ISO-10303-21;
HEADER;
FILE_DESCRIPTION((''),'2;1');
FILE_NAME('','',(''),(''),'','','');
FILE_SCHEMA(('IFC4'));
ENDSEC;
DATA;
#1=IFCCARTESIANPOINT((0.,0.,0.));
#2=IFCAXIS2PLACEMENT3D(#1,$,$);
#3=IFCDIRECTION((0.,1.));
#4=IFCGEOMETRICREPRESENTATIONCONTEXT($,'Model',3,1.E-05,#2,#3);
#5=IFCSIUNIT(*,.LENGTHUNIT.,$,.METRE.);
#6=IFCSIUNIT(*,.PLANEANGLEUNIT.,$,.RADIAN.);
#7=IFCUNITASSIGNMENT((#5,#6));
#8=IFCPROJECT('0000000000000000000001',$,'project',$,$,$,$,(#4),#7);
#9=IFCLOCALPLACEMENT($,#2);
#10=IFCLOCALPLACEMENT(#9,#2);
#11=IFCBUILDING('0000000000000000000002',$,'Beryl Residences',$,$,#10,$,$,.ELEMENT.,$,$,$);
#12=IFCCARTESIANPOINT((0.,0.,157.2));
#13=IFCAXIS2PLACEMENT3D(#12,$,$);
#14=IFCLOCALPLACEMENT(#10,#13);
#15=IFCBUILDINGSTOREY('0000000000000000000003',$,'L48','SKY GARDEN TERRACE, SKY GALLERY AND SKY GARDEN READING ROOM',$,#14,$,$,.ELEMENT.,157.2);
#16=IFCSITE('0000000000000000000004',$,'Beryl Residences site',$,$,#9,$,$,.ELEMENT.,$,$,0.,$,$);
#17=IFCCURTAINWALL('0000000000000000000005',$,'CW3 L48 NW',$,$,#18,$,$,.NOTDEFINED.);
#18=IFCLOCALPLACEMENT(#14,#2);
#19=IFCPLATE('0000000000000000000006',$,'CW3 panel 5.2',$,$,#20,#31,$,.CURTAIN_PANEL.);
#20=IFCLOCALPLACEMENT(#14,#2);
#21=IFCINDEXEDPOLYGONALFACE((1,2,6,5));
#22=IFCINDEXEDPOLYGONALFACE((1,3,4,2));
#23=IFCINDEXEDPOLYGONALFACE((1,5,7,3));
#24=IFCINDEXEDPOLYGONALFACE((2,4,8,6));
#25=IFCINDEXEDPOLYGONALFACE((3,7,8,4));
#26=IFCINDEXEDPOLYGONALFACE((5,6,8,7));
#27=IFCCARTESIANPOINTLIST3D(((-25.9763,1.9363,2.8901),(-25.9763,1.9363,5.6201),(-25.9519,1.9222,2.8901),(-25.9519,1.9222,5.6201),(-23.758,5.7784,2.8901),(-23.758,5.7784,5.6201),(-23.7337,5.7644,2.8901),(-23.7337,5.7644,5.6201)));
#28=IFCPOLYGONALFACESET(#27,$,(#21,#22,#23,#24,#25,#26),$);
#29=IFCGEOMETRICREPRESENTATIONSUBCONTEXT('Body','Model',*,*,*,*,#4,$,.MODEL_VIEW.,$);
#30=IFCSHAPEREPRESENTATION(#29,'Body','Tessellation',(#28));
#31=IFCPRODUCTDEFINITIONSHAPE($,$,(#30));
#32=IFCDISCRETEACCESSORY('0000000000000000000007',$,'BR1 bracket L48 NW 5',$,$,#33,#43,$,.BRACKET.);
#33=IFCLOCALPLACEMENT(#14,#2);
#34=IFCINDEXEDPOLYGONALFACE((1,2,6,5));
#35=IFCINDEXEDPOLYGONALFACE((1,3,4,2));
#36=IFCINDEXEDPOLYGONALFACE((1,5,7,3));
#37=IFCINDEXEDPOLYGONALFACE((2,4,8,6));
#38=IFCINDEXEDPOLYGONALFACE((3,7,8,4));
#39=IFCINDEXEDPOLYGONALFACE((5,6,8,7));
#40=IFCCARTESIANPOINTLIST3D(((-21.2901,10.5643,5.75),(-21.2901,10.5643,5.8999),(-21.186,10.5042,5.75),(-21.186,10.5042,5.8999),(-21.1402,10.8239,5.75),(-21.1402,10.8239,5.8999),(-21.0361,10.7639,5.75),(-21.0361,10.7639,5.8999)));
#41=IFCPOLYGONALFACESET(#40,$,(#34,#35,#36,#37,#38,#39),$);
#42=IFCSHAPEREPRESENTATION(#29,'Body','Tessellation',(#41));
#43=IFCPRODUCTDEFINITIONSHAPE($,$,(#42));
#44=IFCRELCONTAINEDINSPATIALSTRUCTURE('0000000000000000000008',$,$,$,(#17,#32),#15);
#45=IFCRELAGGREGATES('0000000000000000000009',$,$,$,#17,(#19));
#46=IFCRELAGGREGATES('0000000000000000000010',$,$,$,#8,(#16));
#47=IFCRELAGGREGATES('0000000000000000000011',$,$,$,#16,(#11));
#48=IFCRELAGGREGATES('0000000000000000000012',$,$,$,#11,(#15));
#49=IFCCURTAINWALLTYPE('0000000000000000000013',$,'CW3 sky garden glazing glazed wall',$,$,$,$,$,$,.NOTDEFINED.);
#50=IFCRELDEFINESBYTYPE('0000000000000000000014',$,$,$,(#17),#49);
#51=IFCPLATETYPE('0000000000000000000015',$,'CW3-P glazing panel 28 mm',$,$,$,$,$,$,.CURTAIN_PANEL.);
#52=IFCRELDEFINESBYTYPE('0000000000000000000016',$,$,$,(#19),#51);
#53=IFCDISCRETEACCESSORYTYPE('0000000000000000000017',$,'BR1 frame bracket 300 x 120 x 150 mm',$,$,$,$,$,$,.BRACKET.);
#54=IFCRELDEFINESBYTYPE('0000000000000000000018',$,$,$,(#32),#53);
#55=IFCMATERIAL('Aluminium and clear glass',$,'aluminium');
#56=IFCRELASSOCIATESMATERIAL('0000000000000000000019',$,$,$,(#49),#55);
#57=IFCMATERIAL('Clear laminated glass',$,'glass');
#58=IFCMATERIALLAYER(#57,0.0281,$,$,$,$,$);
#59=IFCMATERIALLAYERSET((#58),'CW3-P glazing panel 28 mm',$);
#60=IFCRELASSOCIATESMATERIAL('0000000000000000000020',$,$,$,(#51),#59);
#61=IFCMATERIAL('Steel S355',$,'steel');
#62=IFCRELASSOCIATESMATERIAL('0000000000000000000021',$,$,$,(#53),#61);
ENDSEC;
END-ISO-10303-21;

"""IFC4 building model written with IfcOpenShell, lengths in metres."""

from ifc_helpers import new_model, si_unit, direction, frame, origin, origin_2d, place, context, subcontext, project, spatial, polyline, rectangle, outline, extrude, source, transform, mapped, material, layer, layer_set, type_object, type_shapes, element, aggregate, save


model = new_model("IFC4")

# Units and contexts
model_context = context("Model", 3, precision=1e-05, world=origin(), true_north=direction((0.0, 1.0)))
body_context = subcontext(model_context, "Body", "Model", "MODEL_VIEW")
ifc_project = project(units=[si_unit("LENGTHUNIT", "METRE"), si_unit("PLANEANGLEUNIT", "RADIAN")], contexts=[model_context])

# Site, building, storey
site_placement = place(None, origin())
site = spatial("IfcSite", under=ifc_project, at=site_placement, Name="Beryl Residences site", CompositionType="ELEMENT", RefElevation=0.0)
building_placement = place(site_placement, origin())
building = spatial("IfcBuilding", under=site, at=building_placement, Name="Beryl Residences", CompositionType="ELEMENT")
storey_placement = place(building_placement, frame((0.0, 0.0, 157.2)))
storey = spatial("IfcBuildingStorey", under=building, at=storey_placement, Name="L48", Description="SKY GARDEN TERRACE, SKY GALLERY AND SKY GARDEN READING ROOM", CompositionType="ELEMENT", Elevation=157.2)

# Curtain wall, plate
ifc_material_1 = material(Name="Aluminium and clear glass", Category="aluminium")
curtain_wall_type = type_object("IfcCurtainWallType", Name="CW3 sky garden glazing glazed wall", PredefinedType="NOTDEFINED", material=ifc_material_1)
curtain_wall_placement = place(storey_placement, origin())
curtain_wall = element("IfcCurtainWall", 1, at=curtain_wall_placement, inside=storey, type_object=curtain_wall_type, Name="CW3 L48 NW", PredefinedType="NOTDEFINED")
ifc_material_2 = material(Name="Clear laminated glass", Category="glass")
ifc_layer = layer(ifc_material_2, 0.0281)
ifc_layer_set = layer_set([ifc_layer], Name="CW3-P glazing panel 28 mm")
plate_type = type_object("IfcPlateType", Name="CW3-P glazing panel 28 mm", PredefinedType="CURTAIN_PANEL", material=ifc_layer_set)
plate_1_placement = place(storey_placement, frame((-24.855, 3.8503, 2.8901), z_axis=(0.0, 0.0, 1.0), x_axis=(-0.499996, -0.866028, 0.0)))
plate_1 = element("IfcPlate", 2, at=plate_1_placement, type_object=plate_type, Name="CW3 panel 5.2", PredefinedType="CURTAIN_PANEL", context=body_context, shape_type="SweptSolid", body=[
    extrude(rectangle(XDim=4.4365, YDim=0.0281, at=origin_2d()), origin(), (0.0, 0.0, 1.0), 2.73),
])
aggregate(curtain_wall, [plate_1])

# Discrete accessory
ifc_material_3 = material(Name="Steel S355", Category="steel")
discrete_accessory_type = type_object("IfcDiscreteAccessoryType", Name="BR1 frame bracket 300 x 120 x 150 mm", PredefinedType="BRACKET", material=ifc_material_3)
shared_shape_1 = source(origin(), body_context, "Body", "SweptSolid", [
    extrude(outline(polyline([(-0.1499, 0.0), (0.1499, 0.0), (0.1499, 0.1201), (-0.1499, 0.1201), (-0.1499, 0.0)])), origin(), (0.0, 0.0, 1.0), 0.1499),
])
type_shapes(discrete_accessory_type, [shared_shape_1])
discrete_accessory_placement = place(storey_placement, frame((-21.1111, 10.634, 5.75), z_axis=(0.0, 0.0, 1.0), x_axis=(0.5, 0.866025, 0.0)))
element("IfcDiscreteAccessory", 3, at=discrete_accessory_placement, inside=storey, type_object=discrete_accessory_type, Name="BR1 bracket L48 NW 5", PredefinedType="BRACKET", context=body_context, shape_type="MappedRepresentation", body=[
    mapped(shared_shape_1, transform((0.0, 0.0, 0.0))),
])

save(model, "model.ifc")
